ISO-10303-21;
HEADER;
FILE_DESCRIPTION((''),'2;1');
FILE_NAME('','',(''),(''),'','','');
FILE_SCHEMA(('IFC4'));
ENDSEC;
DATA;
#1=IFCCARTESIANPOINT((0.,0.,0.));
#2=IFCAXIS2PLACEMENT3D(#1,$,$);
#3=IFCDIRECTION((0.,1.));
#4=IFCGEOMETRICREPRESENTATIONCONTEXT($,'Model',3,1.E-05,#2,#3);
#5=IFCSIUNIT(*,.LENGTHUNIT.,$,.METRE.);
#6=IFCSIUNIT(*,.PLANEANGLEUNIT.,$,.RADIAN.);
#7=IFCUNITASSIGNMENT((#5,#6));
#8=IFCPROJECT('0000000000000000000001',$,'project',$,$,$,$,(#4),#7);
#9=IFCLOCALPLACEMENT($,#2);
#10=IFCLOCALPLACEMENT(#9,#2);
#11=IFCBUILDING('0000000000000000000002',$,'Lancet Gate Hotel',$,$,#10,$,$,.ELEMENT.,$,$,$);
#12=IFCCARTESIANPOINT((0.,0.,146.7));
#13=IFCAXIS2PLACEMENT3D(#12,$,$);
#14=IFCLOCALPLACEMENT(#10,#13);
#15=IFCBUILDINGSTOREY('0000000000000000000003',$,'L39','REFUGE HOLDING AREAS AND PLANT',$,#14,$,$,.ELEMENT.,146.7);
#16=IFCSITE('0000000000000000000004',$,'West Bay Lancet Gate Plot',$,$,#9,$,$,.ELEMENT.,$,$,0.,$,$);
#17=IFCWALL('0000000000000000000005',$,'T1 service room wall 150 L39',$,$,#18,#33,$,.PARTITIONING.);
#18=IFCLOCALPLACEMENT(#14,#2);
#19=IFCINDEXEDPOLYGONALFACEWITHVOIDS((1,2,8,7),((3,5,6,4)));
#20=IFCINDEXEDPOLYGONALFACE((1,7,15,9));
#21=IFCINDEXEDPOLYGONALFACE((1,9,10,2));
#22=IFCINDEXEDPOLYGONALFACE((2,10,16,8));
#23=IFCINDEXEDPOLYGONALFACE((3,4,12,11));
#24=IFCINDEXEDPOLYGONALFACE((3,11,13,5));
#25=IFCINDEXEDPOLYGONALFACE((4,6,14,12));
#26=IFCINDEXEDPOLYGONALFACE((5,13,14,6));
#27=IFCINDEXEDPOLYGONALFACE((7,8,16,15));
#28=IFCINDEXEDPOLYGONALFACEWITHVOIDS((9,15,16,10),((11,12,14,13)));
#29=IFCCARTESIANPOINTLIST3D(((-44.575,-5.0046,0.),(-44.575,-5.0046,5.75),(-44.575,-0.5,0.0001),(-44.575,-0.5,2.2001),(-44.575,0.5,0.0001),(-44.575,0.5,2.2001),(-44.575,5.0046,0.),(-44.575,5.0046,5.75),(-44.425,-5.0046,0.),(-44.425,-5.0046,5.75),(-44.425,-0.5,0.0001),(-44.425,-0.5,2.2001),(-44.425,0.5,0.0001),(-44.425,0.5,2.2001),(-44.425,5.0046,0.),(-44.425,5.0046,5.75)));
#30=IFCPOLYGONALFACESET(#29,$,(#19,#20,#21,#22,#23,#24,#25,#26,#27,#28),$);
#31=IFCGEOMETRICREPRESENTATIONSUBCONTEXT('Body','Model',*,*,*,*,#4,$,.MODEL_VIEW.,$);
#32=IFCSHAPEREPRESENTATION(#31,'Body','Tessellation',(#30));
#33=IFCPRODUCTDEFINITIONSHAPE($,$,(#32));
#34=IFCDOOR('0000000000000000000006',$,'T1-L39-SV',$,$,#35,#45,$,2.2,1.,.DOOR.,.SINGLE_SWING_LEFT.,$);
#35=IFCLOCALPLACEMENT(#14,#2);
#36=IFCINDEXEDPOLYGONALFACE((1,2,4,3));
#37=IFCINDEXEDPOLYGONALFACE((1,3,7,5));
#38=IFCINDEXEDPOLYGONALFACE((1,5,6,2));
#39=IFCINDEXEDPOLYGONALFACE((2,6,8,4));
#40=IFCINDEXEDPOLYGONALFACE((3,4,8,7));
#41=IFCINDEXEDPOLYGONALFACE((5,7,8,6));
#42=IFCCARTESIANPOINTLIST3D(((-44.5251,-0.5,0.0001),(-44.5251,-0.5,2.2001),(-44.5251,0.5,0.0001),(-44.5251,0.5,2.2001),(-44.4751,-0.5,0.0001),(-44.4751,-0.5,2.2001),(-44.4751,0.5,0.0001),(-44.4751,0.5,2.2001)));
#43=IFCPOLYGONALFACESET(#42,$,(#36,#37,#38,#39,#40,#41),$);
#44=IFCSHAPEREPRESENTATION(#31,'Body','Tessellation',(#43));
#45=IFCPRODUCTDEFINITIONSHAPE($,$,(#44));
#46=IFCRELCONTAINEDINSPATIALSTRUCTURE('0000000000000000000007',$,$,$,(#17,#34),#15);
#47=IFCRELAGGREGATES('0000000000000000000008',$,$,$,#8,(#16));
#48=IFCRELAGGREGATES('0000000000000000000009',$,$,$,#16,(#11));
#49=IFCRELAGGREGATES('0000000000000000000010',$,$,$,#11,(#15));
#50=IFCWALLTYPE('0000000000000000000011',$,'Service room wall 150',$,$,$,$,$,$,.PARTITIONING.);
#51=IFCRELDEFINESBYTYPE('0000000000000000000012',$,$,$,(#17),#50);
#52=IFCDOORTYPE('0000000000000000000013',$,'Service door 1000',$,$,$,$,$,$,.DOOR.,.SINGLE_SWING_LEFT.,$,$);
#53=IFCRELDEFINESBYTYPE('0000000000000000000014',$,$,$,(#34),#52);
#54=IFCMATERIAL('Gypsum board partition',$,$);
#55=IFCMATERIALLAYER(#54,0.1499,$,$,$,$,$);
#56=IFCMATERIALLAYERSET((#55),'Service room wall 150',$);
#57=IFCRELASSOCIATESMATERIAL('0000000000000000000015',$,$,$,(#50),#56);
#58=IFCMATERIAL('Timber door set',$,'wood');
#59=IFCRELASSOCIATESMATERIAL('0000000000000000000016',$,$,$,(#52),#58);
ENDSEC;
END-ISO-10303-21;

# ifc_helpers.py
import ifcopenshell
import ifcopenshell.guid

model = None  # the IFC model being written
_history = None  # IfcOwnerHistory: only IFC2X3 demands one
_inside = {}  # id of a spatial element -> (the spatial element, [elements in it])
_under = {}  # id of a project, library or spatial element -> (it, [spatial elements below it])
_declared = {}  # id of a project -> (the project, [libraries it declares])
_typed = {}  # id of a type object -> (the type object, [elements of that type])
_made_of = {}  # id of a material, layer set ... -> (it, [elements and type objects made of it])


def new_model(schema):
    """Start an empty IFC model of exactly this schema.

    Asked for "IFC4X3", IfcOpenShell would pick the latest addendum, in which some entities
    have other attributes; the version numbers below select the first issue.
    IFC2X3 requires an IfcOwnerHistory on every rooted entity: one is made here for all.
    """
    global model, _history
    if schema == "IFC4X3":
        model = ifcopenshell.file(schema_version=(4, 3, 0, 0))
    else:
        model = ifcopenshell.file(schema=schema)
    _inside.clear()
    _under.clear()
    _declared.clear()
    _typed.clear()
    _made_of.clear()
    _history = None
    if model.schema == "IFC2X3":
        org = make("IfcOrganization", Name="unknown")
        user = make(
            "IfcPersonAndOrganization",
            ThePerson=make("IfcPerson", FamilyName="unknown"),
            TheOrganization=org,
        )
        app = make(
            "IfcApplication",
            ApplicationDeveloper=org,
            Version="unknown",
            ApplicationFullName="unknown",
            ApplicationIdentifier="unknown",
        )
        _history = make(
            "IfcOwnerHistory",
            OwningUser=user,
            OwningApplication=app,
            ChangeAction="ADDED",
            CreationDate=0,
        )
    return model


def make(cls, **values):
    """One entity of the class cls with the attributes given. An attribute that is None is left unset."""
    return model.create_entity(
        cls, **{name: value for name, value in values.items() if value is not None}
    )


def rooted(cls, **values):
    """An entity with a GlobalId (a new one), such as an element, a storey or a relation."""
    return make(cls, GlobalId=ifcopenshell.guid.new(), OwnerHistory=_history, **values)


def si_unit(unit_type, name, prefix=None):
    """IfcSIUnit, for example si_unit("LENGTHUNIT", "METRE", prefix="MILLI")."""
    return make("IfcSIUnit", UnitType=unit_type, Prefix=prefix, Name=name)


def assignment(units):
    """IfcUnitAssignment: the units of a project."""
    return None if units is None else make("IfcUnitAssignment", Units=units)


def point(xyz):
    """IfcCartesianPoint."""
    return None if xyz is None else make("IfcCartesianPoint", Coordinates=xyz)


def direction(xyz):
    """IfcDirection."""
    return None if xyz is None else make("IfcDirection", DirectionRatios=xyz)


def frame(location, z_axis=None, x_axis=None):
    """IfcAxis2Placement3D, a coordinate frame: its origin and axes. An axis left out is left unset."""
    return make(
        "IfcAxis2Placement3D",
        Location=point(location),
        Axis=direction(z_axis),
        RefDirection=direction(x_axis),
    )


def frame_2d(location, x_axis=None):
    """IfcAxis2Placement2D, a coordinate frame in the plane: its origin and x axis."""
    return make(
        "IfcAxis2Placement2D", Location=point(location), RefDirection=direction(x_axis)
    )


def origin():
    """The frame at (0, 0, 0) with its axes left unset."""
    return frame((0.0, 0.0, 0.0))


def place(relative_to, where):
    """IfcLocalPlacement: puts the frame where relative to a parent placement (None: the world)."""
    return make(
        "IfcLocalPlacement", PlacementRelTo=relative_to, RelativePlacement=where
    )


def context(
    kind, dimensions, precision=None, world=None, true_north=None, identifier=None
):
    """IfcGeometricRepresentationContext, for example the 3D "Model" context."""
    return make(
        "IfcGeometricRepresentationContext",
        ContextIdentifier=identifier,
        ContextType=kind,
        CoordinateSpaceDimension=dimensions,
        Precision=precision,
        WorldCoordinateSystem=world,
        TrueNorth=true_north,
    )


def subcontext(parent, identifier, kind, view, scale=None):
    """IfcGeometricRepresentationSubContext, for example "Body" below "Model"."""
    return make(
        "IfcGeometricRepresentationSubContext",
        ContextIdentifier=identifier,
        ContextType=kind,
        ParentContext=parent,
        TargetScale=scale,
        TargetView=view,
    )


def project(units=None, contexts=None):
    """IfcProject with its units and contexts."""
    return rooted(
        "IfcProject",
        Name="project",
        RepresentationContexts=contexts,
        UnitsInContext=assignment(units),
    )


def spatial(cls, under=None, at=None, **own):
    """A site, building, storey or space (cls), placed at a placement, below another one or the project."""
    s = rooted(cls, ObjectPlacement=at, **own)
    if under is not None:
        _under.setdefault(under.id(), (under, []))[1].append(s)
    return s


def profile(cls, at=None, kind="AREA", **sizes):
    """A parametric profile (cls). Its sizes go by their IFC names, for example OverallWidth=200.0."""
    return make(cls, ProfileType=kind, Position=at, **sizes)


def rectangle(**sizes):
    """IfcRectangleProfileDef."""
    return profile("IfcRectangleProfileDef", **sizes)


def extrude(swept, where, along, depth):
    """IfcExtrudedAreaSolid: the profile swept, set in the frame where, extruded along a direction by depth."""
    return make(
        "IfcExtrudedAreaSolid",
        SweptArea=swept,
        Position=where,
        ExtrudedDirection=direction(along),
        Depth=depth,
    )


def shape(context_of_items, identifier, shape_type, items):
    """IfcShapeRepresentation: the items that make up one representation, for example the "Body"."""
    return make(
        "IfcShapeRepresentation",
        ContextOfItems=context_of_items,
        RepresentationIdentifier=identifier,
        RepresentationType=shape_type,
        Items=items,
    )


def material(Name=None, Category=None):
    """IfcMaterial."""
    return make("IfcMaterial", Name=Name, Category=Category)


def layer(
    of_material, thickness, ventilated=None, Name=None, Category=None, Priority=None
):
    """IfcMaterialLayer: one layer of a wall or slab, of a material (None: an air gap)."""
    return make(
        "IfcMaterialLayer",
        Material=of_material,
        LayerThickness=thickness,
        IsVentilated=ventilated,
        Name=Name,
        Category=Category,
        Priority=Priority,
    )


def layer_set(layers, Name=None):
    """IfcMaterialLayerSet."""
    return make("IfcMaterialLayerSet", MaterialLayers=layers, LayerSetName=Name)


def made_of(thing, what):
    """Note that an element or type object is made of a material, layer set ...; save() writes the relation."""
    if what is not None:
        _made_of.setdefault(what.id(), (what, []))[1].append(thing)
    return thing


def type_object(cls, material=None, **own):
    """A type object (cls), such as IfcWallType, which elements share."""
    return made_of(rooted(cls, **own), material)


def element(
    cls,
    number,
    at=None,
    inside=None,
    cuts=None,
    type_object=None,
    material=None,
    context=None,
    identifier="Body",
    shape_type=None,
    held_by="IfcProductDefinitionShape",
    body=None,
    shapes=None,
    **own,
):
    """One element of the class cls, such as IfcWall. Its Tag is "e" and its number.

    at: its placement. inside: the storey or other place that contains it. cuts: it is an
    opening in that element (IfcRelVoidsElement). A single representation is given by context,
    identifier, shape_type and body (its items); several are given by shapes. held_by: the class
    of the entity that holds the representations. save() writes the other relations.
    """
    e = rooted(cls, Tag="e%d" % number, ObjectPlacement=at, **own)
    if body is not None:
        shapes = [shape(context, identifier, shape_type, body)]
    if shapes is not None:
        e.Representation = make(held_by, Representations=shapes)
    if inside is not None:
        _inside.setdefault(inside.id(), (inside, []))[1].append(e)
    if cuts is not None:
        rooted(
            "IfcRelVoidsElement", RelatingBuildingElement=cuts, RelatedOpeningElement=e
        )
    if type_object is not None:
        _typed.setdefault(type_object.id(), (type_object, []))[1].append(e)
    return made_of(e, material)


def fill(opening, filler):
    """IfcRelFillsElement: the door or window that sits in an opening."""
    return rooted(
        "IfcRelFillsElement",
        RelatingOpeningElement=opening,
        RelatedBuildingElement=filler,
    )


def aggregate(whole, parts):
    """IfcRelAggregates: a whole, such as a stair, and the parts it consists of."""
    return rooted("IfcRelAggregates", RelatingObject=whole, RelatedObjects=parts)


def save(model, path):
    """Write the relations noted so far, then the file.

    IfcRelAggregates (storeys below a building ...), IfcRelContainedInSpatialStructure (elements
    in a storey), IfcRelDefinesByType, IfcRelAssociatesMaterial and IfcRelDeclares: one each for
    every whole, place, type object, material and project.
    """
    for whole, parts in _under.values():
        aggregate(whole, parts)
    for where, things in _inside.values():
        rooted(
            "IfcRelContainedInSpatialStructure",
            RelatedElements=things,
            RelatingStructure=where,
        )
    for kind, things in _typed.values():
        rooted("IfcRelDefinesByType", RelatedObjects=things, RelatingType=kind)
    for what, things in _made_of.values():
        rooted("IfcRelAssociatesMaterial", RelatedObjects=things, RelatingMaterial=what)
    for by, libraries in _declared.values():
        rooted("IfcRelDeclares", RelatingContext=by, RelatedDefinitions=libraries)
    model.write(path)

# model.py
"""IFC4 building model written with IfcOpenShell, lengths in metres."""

from ifc_helpers import new_model, si_unit, direction, frame, frame_2d, origin, place, context, subcontext, project, spatial, rectangle, extrude, material, layer, layer_set, type_object, element, fill, save


model = new_model("IFC4")

# Units and contexts
model_context = context("Model", 3, precision=1e-05, world=origin(), true_north=direction((0.0, 1.0)))
body_context = subcontext(model_context, "Body", "Model", "MODEL_VIEW")
ifc_project = project(units=[si_unit("LENGTHUNIT", "METRE"), si_unit("PLANEANGLEUNIT", "RADIAN")], contexts=[model_context])

# Site, building, storey
site_placement = place(None, origin())
site = spatial("IfcSite", under=ifc_project, at=site_placement, Name="West Bay Lancet Gate Plot", CompositionType="ELEMENT", RefElevation=0.0)
building_placement = place(site_placement, origin())
building = spatial("IfcBuilding", under=site, at=building_placement, Name="Lancet Gate Hotel", CompositionType="ELEMENT")
storey_placement = place(building_placement, frame((0.0, 0.0, 146.7)))
storey = spatial("IfcBuildingStorey", under=building, at=storey_placement, Name="L39", Description="REFUGE HOLDING AREAS AND PLANT", CompositionType="ELEMENT", Elevation=146.7)

# Wall, opening, door
ifc_material_1 = material(Name="Gypsum board partition")
ifc_layer_1 = layer(ifc_material_1, 0.1499)
ifc_layer_set_1 = layer_set([ifc_layer_1], Name="Service room wall 150")
wall_type_1 = type_object("IfcWallType", Name="Service room wall 150", PredefinedType="PARTITIONING", material=ifc_layer_set_1)
wall_1_placement = place(storey_placement, frame((-44.5, 5.0046, 0.0), z_axis=(0.0, 0.0, 1.0), x_axis=(0.0, -1.0, 0.0)))
wall_1 = element("IfcWall", 1, at=wall_1_placement, inside=storey, type_object=wall_type_1, Name="T1 service room wall 150 L39", PredefinedType="PARTITIONING", context=body_context, shape_type="SweptSolid", body=[
    extrude(rectangle(XDim=10.0093, YDim=0.1499, at=frame_2d((5.0046, 0.0))), origin(), (0.0, 0.0, 1.0), 5.75),
])
opening_1_placement = place(wall_1_placement, frame((4.5046, 0.0, 0.0)))
opening_1 = element("IfcOpeningElement", 2, at=opening_1_placement, cuts=wall_1, PredefinedType="OPENING", context=body_context, shape_type="SweptSolid", body=[
    extrude(rectangle(XDim=1.0, YDim=2.2, at=frame_2d((0.5, 1.1001))), frame((0.0, 0.085, 0.0), z_axis=(0.0, -1.0, 0.0), x_axis=(1.0, 0.0, 0.0)), (0.0, 0.0, 1.0), 0.1699),
])
ifc_material_2 = material(Name="Timber door set", Category="wood")
door_type_1 = type_object("IfcDoorType", Name="Service door 1000", OperationType="SINGLE_SWING_LEFT", PredefinedType="DOOR", material=ifc_material_2)
door_1_placement = place(opening_1_placement, origin())
door_1 = element("IfcDoor", 3, at=door_1_placement, inside=storey, type_object=door_type_1, Name="T1-L39-SV", OperationType="SINGLE_SWING_LEFT", OverallHeight=2.2, OverallWidth=1.0, PredefinedType="DOOR", context=body_context, shape_type="SweptSolid", body=[
    extrude(rectangle(XDim=1.0, YDim=2.2, at=frame_2d((0.5, 1.1001))), frame((0.0, 0.0249, 0.0), z_axis=(0.0, -1.0, 0.0), x_axis=(1.0, 0.0, 0.0)), (0.0, 0.0, 1.0), 0.05),
])
fill(opening_1, door_1)

save(model, "model.ifc")
